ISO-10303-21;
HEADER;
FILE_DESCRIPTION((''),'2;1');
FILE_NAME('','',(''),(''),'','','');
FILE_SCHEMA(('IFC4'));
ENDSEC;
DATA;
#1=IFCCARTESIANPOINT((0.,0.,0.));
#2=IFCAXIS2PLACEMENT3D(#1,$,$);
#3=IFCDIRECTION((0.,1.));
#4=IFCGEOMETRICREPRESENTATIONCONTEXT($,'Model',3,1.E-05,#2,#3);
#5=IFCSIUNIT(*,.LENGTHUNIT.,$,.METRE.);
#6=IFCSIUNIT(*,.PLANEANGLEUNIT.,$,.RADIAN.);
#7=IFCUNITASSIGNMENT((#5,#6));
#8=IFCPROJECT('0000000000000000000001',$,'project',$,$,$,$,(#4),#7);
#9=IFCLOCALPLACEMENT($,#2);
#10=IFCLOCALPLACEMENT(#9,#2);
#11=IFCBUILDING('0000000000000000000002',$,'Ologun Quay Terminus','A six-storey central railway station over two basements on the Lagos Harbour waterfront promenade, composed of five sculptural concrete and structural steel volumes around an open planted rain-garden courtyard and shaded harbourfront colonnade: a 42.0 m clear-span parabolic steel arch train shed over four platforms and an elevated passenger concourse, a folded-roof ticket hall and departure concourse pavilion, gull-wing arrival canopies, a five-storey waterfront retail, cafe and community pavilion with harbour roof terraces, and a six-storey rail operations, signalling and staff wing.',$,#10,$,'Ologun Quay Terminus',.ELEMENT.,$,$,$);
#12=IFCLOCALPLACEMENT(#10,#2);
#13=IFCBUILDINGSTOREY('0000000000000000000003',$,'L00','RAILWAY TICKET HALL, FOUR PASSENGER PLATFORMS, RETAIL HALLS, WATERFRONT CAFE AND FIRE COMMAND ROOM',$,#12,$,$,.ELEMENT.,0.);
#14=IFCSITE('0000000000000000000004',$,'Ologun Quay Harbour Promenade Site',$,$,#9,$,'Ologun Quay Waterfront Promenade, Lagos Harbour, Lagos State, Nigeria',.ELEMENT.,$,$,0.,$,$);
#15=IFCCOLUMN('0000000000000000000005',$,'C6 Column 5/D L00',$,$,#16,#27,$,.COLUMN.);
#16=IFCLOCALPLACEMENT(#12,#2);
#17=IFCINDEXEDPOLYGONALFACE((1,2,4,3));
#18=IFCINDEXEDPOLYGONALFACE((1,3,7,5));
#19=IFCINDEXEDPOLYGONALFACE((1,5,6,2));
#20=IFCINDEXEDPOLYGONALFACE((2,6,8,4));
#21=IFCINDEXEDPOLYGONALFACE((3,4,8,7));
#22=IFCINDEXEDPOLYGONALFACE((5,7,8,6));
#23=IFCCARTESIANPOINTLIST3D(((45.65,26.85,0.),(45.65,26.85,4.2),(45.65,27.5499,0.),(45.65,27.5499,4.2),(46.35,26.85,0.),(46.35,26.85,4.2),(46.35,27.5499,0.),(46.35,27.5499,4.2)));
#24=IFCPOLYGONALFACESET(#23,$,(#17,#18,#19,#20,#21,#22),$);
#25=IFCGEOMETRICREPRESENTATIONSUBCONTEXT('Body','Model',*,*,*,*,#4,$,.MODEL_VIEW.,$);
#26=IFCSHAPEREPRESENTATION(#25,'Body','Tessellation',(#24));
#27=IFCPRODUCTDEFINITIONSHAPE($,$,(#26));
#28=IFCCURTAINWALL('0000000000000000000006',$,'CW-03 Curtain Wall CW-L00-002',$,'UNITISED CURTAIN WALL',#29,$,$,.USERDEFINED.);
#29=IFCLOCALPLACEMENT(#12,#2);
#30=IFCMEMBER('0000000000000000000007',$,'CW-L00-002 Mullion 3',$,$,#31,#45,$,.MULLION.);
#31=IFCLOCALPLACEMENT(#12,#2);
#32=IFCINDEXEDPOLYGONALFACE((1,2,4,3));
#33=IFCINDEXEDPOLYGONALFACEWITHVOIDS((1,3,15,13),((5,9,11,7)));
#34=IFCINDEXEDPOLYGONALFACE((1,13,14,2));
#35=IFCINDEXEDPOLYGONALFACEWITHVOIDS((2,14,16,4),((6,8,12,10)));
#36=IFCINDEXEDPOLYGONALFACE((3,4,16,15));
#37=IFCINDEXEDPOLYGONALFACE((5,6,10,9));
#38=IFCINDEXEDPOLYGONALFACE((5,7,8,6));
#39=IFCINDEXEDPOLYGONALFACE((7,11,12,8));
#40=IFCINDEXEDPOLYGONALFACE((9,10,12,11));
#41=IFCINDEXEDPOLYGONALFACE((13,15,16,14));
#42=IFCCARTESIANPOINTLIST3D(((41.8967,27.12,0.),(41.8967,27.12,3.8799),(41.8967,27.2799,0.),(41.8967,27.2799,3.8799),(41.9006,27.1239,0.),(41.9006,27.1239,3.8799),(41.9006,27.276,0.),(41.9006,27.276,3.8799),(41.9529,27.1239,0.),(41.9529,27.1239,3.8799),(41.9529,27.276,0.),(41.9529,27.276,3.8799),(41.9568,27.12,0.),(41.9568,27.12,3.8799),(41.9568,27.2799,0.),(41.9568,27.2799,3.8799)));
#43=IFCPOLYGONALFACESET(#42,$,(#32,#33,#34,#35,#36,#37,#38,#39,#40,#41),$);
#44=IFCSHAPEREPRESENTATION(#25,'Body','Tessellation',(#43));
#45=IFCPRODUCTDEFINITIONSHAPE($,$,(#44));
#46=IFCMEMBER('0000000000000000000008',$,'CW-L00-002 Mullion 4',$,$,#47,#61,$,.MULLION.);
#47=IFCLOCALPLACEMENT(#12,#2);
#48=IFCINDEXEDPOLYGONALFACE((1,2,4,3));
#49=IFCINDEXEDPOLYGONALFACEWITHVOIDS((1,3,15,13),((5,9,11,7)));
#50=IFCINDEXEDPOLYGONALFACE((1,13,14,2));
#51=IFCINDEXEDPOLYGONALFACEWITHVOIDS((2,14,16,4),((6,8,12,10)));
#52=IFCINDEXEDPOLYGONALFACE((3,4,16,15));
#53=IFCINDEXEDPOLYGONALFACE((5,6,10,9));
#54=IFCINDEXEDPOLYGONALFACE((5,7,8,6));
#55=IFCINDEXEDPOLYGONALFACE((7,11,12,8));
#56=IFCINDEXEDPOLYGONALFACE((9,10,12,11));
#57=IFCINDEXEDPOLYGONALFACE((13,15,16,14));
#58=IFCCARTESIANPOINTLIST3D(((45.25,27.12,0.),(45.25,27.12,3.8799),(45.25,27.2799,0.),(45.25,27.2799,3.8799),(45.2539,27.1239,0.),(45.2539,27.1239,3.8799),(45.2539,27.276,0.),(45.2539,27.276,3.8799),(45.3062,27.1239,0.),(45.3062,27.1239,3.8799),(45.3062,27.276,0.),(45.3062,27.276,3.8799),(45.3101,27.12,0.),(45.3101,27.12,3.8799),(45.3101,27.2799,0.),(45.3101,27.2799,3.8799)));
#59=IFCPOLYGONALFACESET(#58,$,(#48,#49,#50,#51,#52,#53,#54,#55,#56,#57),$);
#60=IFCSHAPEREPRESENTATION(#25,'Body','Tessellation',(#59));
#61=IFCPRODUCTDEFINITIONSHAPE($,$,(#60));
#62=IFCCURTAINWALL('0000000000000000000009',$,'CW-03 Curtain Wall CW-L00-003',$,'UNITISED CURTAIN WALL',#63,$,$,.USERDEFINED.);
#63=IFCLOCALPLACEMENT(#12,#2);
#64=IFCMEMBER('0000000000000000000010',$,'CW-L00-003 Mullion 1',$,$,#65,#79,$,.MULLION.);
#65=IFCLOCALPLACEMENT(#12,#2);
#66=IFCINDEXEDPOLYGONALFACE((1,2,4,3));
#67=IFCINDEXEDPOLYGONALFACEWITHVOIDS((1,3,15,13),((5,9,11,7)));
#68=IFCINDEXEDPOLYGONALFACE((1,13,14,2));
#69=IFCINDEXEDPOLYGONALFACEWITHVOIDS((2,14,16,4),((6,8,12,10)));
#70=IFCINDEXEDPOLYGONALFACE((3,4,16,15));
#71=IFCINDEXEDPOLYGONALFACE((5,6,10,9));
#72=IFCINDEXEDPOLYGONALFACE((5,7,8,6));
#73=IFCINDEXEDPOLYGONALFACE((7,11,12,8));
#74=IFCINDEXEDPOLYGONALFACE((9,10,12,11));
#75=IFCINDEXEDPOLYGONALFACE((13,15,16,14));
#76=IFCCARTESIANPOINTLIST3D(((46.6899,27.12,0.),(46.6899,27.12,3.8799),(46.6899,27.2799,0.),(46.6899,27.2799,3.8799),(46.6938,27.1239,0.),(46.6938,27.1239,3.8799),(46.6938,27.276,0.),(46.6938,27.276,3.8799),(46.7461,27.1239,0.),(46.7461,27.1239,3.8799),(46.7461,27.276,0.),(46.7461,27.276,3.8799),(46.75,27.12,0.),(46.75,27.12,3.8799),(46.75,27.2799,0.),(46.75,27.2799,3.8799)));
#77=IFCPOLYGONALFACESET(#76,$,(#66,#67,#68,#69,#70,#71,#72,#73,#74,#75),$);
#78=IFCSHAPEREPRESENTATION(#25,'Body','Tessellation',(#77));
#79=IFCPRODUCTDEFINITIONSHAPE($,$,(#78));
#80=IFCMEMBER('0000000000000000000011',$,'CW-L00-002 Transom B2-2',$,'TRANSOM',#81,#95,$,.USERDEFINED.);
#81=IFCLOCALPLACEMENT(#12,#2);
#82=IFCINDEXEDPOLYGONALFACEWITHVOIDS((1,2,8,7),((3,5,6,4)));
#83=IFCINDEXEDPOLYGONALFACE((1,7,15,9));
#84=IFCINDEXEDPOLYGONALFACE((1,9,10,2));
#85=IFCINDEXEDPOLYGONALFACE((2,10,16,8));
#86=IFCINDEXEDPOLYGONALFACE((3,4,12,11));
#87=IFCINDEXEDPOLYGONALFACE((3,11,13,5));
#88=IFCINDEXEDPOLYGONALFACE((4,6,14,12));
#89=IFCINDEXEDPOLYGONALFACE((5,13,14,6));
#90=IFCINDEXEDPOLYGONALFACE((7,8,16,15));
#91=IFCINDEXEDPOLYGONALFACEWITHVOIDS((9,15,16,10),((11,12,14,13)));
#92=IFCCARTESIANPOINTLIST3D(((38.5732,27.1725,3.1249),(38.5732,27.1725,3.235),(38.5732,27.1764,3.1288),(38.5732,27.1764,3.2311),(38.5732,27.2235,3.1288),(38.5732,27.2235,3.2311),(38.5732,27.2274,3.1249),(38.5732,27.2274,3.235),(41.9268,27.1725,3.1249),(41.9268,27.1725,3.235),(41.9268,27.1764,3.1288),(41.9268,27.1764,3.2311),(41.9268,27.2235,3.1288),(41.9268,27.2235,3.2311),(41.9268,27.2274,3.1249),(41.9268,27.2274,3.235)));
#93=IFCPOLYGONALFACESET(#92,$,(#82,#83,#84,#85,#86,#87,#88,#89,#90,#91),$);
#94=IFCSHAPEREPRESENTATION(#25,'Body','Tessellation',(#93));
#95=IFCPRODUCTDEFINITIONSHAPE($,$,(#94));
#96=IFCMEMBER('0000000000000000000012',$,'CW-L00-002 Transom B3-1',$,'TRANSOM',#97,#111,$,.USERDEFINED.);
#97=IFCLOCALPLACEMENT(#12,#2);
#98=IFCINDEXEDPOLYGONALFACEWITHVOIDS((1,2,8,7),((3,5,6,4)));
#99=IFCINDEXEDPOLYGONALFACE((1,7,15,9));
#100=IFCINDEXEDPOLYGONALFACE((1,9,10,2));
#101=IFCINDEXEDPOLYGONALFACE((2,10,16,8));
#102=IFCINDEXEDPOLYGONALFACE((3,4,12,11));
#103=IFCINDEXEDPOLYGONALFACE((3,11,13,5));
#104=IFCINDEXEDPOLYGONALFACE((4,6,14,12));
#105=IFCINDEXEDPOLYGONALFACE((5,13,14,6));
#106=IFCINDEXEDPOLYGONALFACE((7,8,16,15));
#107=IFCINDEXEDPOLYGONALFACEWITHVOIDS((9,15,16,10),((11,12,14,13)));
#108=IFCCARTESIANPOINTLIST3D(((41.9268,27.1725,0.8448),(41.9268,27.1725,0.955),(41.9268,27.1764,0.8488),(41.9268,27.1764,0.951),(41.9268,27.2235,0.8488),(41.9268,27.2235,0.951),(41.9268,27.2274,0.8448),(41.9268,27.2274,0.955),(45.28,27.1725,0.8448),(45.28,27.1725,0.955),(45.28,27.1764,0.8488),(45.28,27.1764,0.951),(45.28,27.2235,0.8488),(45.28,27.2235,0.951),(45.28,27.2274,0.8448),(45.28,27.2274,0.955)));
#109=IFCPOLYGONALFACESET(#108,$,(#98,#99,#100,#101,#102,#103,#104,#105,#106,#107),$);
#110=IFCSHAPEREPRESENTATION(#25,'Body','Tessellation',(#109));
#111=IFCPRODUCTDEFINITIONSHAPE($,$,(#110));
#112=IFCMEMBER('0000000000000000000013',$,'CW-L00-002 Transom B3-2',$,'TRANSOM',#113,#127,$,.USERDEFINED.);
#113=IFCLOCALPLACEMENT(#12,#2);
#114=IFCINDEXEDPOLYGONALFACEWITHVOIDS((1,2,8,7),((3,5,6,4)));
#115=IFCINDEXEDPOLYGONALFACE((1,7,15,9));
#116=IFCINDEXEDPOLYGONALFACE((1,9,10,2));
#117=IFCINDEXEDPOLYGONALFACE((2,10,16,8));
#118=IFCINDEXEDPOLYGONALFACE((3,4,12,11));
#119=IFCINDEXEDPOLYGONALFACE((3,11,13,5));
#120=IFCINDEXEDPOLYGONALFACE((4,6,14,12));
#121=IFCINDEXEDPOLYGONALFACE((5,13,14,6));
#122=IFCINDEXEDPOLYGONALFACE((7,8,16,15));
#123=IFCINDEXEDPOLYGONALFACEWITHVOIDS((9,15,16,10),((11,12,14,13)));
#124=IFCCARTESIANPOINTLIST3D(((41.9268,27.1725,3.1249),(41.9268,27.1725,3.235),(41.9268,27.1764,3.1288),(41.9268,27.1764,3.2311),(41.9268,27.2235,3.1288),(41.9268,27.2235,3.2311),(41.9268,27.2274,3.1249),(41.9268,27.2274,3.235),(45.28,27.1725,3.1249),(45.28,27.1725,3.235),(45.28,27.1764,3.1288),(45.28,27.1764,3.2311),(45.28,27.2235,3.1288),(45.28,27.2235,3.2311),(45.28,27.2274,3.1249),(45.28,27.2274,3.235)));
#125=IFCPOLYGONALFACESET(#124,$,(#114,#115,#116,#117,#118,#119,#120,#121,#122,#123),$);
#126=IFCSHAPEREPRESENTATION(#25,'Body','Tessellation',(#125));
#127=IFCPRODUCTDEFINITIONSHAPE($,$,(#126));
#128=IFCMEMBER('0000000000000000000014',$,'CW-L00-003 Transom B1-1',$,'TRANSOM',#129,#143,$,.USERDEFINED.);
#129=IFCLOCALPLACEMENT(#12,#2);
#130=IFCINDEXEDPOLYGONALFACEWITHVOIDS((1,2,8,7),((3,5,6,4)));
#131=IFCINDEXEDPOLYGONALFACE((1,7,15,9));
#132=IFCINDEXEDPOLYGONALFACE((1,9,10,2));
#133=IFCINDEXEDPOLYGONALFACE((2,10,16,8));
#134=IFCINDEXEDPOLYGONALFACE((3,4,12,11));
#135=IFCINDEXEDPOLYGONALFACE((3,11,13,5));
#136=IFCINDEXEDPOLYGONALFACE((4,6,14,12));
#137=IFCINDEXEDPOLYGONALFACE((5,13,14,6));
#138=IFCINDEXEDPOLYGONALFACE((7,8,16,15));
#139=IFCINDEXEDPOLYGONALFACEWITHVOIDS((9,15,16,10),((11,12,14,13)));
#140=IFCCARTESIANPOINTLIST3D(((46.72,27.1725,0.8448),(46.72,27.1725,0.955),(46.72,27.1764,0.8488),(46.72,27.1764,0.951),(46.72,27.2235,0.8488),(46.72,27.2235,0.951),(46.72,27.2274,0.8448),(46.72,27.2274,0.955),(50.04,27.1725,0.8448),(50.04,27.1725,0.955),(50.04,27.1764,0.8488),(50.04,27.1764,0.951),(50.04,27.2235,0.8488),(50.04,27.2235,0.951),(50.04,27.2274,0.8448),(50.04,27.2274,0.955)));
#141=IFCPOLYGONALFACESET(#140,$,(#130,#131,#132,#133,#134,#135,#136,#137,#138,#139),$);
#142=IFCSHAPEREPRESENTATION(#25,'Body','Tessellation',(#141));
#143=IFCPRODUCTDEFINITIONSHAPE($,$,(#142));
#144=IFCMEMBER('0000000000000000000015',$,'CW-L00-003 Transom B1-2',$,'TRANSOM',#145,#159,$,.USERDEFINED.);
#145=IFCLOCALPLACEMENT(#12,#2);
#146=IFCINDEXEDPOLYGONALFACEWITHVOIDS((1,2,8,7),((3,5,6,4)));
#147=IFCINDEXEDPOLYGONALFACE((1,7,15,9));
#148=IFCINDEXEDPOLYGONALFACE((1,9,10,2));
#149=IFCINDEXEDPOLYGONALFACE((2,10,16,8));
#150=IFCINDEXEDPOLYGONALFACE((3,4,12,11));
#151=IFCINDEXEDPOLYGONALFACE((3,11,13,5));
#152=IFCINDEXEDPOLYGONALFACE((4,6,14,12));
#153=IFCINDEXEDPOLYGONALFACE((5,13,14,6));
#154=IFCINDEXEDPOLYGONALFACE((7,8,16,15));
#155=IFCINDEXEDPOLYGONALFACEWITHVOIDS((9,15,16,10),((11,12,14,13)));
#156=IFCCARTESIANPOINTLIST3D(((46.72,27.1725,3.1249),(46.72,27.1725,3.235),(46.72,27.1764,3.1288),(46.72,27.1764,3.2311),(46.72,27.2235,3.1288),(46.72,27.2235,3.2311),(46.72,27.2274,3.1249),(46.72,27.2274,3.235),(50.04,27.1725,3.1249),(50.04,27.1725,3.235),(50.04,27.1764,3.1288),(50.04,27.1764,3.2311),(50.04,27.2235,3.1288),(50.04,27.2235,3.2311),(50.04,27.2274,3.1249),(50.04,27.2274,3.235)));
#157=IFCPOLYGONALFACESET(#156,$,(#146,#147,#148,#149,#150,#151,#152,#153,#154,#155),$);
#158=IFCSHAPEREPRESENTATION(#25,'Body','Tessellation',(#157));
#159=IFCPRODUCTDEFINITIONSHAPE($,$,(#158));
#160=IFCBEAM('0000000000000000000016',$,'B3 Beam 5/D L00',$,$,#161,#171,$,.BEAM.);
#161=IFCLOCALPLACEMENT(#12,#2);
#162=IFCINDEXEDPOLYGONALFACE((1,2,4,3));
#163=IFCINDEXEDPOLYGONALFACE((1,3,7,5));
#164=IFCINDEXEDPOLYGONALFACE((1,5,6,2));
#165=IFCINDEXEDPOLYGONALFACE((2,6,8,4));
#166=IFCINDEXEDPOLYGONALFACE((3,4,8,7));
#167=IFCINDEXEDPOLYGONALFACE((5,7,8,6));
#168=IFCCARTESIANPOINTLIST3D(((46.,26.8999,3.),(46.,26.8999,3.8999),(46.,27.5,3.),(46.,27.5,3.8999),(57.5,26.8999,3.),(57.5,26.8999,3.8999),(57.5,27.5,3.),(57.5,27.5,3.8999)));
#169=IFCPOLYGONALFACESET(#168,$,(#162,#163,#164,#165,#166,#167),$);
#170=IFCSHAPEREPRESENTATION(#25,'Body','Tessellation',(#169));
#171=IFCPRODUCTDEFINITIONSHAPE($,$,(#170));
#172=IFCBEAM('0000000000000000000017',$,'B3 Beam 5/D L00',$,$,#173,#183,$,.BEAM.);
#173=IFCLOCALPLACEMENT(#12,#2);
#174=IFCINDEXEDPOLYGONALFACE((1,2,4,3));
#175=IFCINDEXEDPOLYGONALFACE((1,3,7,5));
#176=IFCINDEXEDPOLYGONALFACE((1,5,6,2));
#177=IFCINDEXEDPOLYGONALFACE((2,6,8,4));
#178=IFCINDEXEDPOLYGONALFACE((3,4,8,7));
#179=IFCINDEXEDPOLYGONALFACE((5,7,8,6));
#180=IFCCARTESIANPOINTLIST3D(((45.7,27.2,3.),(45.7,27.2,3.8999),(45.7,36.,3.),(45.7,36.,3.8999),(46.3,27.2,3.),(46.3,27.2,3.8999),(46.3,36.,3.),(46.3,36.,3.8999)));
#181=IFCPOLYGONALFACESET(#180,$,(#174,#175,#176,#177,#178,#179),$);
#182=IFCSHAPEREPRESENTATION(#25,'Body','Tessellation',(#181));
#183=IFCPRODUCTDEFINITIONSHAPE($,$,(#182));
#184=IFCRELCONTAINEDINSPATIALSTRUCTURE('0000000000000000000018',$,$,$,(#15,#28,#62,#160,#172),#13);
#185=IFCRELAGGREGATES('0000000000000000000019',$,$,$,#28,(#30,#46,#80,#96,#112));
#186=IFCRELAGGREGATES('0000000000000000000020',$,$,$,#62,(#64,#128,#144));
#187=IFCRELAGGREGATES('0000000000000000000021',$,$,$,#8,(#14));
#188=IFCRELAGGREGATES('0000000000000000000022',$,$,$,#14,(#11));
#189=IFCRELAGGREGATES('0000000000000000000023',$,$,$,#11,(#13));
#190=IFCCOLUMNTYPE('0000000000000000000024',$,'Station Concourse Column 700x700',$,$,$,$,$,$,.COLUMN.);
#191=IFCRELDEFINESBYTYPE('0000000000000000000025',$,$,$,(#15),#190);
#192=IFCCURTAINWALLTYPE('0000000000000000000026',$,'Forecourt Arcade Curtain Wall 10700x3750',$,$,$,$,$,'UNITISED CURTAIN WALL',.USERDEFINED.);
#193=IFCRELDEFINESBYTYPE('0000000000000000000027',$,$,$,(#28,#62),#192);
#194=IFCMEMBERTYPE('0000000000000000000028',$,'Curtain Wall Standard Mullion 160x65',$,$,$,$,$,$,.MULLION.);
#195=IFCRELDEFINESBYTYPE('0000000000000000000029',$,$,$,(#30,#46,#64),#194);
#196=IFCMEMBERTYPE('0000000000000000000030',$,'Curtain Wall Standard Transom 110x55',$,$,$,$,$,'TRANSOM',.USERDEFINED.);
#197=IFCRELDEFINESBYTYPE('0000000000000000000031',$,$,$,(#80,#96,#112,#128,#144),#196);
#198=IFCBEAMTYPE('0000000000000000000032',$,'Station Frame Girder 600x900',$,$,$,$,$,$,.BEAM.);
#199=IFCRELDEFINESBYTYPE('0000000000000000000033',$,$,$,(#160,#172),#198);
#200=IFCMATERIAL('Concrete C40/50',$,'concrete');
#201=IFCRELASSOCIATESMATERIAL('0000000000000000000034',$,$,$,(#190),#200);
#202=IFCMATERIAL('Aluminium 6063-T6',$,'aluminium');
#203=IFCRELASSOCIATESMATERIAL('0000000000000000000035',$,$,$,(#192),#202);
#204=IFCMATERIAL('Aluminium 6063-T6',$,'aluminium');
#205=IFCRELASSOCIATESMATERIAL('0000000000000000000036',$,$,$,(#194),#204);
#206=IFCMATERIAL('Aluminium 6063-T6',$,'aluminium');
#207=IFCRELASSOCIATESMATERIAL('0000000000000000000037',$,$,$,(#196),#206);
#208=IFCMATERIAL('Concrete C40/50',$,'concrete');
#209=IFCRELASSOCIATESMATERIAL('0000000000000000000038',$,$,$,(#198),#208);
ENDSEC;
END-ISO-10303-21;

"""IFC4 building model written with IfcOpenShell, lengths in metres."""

from ifc_helpers import new_model, si_unit, direction, frame, origin, origin_2d, place, context, subcontext, project, spatial, rectangle, hollow_rectangle, extrude, material, material_profile, profile_set, type_object, element, aggregate, save


model = new_model("IFC4")

# Units and contexts
model_context = context("Model", 3, precision=1e-05, world=origin(), true_north=direction((0.0, 1.0)))
body_context = subcontext(model_context, "Body", "Model", "MODEL_VIEW")
ifc_project = project(units=[si_unit("LENGTHUNIT", "METRE"), si_unit("PLANEANGLEUNIT", "RADIAN")], contexts=[model_context])

# Site, building, storey
site_placement = place(None, origin())
site = spatial("IfcSite", under=ifc_project, at=site_placement, Name="Ologun Quay Harbour Promenade Site", LongName="Ologun Quay Waterfront Promenade, Lagos Harbour, Lagos State, Nigeria", CompositionType="ELEMENT", RefElevation=0.0)
building_placement = place(site_placement, origin())
building = spatial("IfcBuilding", under=site, at=building_placement, Name="Ologun Quay Terminus", Description="A six-storey central railway station over two basements on the Lagos Harbour waterfront promenade, composed of five sculptural concrete and structural steel volumes around an open planted rain-garden courtyard and shaded harbourfront colonnade: a 42.0 m clear-span parabolic steel arch train shed over four platforms and an elevated passenger concourse, a folded-roof ticket hall and departure concourse pavilion, gull-wing arrival canopies, a five-storey waterfront retail, cafe and community pavilion with harbour roof terraces, and a six-storey rail operations, signalling and staff wing.", LongName="Ologun Quay Terminus", CompositionType="ELEMENT")
storey_placement = place(building_placement, origin())
storey = spatial("IfcBuildingStorey", under=building, at=storey_placement, Name="L00", Description="RAILWAY TICKET HALL, FOUR PASSENGER PLATFORMS, RETAIL HALLS, WATERFRONT CAFE AND FIRE COMMAND ROOM", CompositionType="ELEMENT", Elevation=0.0)

# Column
ifc_material_1 = material(Name="Concrete C40/50", Category="concrete")
ifc_material_profile_1 = material_profile(ifc_material_1, rectangle(XDim=0.7, YDim=0.7, at=origin_2d()), Name="RC 700x700")
ifc_profile_set_1 = profile_set([ifc_material_profile_1], Name="Concrete C40/50")
column_type = type_object("IfcColumnType", Name="Station Concourse Column 700x700", PredefinedType="COLUMN", material=ifc_profile_set_1)
column_placement = place(storey_placement, frame((46.0, 27.2, 0.0), z_axis=(0.0, 0.0, 1.0), x_axis=(1.0, 0.0, 0.0)))
element("IfcColumn", 1, at=column_placement, inside=storey, type_object=column_type, Name="C6 Column 5/D L00", PredefinedType="COLUMN", context=body_context, shape_type="SweptSolid", body=[
    extrude(rectangle(XDim=0.7, YDim=0.7, at=origin_2d()), origin(), (0.0, 0.0, 1.0), 4.2),
])

# Curtain wall, members
ifc_material_2 = material(Name="Aluminium 6063-T6", Category="aluminium")
curtain_wall_type = type_object("IfcCurtainWallType", Name="Forecourt Arcade Curtain Wall 10700x3750", ElementType="UNITISED CURTAIN WALL", PredefinedType="USERDEFINED", material=ifc_material_2)
curtain_wall_1_placement = place(storey_placement, origin())
curtain_wall_1 = element("IfcCurtainWall", 2, at=curtain_wall_1_placement, inside=storey, type_object=curtain_wall_type, Name="CW-03 Curtain Wall CW-L00-002", ObjectType="UNITISED CURTAIN WALL", PredefinedType="USERDEFINED")
ifc_material_3 = material(Name="Aluminium 6063-T6", Category="aluminium")
ifc_material_profile_2 = material_profile(ifc_material_3, hollow_rectangle(XDim=0.0601, YDim=0.1599, WallThickness=0.0039, at=origin_2d()), Name="ALU 160x60x4")
ifc_profile_set_2 = profile_set([ifc_material_profile_2], Name="Aluminium 6063-T6")
member_type_1 = type_object("IfcMemberType", Name="Curtain Wall Standard Mullion 160x65", PredefinedType="MULLION", material=ifc_profile_set_2)
member_1_placement = place(storey_placement, frame((41.9268, 27.2, 0.0), z_axis=(0.0, 0.0, 1.0), x_axis=(1.0, 0.0, 0.0)))
member_1 = element("IfcMember", 3, at=member_1_placement, type_object=member_type_1, Name="CW-L00-002 Mullion 3", PredefinedType="MULLION", context=body_context, shape_type="SweptSolid", body=[
    extrude(hollow_rectangle(XDim=0.0601, YDim=0.1599, WallThickness=0.0039, at=origin_2d()), origin(), (0.0, 0.0, 1.0), 3.8799),
])
member_2_placement = place(storey_placement, frame((45.28, 27.2, 0.0), z_axis=(0.0, 0.0, 1.0), x_axis=(1.0, 0.0, 0.0)))
member_2 = element("IfcMember", 4, at=member_2_placement, type_object=member_type_1, Name="CW-L00-002 Mullion 4", PredefinedType="MULLION", context=body_context, shape_type="SweptSolid", body=[
    extrude(hollow_rectangle(XDim=0.0601, YDim=0.1599, WallThickness=0.0039, at=origin_2d()), origin(), (0.0, 0.0, 1.0), 3.8799),
])

# Curtain wall, member
curtain_wall_2_placement = place(storey_placement, origin())
curtain_wall_2 = element("IfcCurtainWall", 5, at=curtain_wall_2_placement, inside=storey, type_object=curtain_wall_type, Name="CW-03 Curtain Wall CW-L00-003", ObjectType="UNITISED CURTAIN WALL", PredefinedType="USERDEFINED")
member_3_placement = place(storey_placement, frame((46.72, 27.2, 0.0), z_axis=(0.0, 0.0, 1.0), x_axis=(1.0, 0.0, 0.0)))
member_3 = element("IfcMember", 6, at=member_3_placement, type_object=member_type_1, Name="CW-L00-003 Mullion 1", PredefinedType="MULLION", context=body_context, shape_type="SweptSolid", body=[
    extrude(hollow_rectangle(XDim=0.0601, YDim=0.1599, WallThickness=0.0039, at=origin_2d()), origin(), (0.0, 0.0, 1.0), 3.8799),
])

# Members
ifc_material_4 = material(Name="Aluminium 6063-T6", Category="aluminium")
ifc_material_profile_3 = material_profile(ifc_material_4, hollow_rectangle(XDim=0.0549, YDim=0.1101, WallThickness=0.0039, at=origin_2d()), Name="ALU 110x55x4")
ifc_profile_set_3 = profile_set([ifc_material_profile_3], Name="Aluminium 6063-T6")
member_type_2 = type_object("IfcMemberType", Name="Curtain Wall Standard Transom 110x55", ElementType="TRANSOM", PredefinedType="USERDEFINED", material=ifc_profile_set_3)
member_4_placement = place(storey_placement, frame((38.5732, 27.2, 3.1799), z_axis=(1.0, 0.0, 0.0), x_axis=(0.0, 1.0, 0.0)))
member_4 = element("IfcMember", 7, at=member_4_placement, type_object=member_type_2, Name="CW-L00-002 Transom B2-2", ObjectType="TRANSOM", PredefinedType="USERDEFINED", context=body_context, shape_type="SweptSolid", body=[
    extrude(hollow_rectangle(XDim=0.0549, YDim=0.1101, WallThickness=0.0039, at=origin_2d()), origin(), (0.0, 0.0, 1.0), 3.3535),
])
member_5_placement = place(storey_placement, frame((41.9268, 27.2, 0.8999), z_axis=(1.0, 0.0, 0.0), x_axis=(0.0, 1.0, 0.0)))
member_5 = element("IfcMember", 8, at=member_5_placement, type_object=member_type_2, Name="CW-L00-002 Transom B3-1", ObjectType="TRANSOM", PredefinedType="USERDEFINED", context=body_context, shape_type="SweptSolid", body=[
    extrude(hollow_rectangle(XDim=0.0549, YDim=0.1101, WallThickness=0.0039, at=origin_2d()), origin(), (0.0, 0.0, 1.0), 3.3533),
])
member_6_placement = place(storey_placement, frame((41.9268, 27.2, 3.1799), z_axis=(1.0, 0.0, 0.0), x_axis=(0.0, 1.0, 0.0)))
member_6 = element("IfcMember", 9, at=member_6_placement, type_object=member_type_2, Name="CW-L00-002 Transom B3-2", ObjectType="TRANSOM", PredefinedType="USERDEFINED", context=body_context, shape_type="SweptSolid", body=[
    extrude(hollow_rectangle(XDim=0.0549, YDim=0.1101, WallThickness=0.0039, at=origin_2d()), origin(), (0.0, 0.0, 1.0), 3.3533),
])
member_7_placement = place(storey_placement, frame((46.72, 27.2, 0.8999), z_axis=(1.0, 0.0, 0.0), x_axis=(0.0, 1.0, 0.0)))
member_7 = element("IfcMember", 10, at=member_7_placement, type_object=member_type_2, Name="CW-L00-003 Transom B1-1", ObjectType="TRANSOM", PredefinedType="USERDEFINED", context=body_context, shape_type="SweptSolid", body=[
    extrude(hollow_rectangle(XDim=0.0549, YDim=0.1101, WallThickness=0.0039, at=origin_2d()), origin(), (0.0, 0.0, 1.0), 3.3201),
])
member_8_placement = place(storey_placement, frame((46.72, 27.2, 3.1799), z_axis=(1.0, 0.0, 0.0), x_axis=(0.0, 1.0, 0.0)))
member_8 = element("IfcMember", 11, at=member_8_placement, type_object=member_type_2, Name="CW-L00-003 Transom B1-2", ObjectType="TRANSOM", PredefinedType="USERDEFINED", context=body_context, shape_type="SweptSolid", body=[
    extrude(hollow_rectangle(XDim=0.0549, YDim=0.1101, WallThickness=0.0039, at=origin_2d()), origin(), (0.0, 0.0, 1.0), 3.3201),
])

# Beams
ifc_material_5 = material(Name="Concrete C40/50", Category="concrete")
ifc_material_profile_4 = material_profile(ifc_material_5, rectangle(XDim=0.6001, YDim=0.8999, at=origin_2d()), Name="RC 600x900")
ifc_profile_set_4 = profile_set([ifc_material_profile_4], Name="Concrete C40/50")
beam_type = type_object("IfcBeamType", Name="Station Frame Girder 600x900", PredefinedType="BEAM", material=ifc_profile_set_4)
beam_1_placement = place(storey_placement, frame((46.0, 27.2, 3.45), z_axis=(1.0, 0.0, 0.0), x_axis=(0.0, 1.0, 0.0)))
element("IfcBeam", 12, at=beam_1_placement, inside=storey, type_object=beam_type, Name="B3 Beam 5/D L00", PredefinedType="BEAM", context=body_context, shape_type="SweptSolid", body=[
    extrude(rectangle(XDim=0.6001, YDim=0.8999, at=origin_2d()), origin(), (0.0, 0.0, 1.0), 11.5),
])
beam_2_placement = place(storey_placement, frame((46.0, 27.2, 3.45), z_axis=(0.0, 1.0, 0.0), x_axis=(-1.0, 0.0, 0.0)))
element("IfcBeam", 13, at=beam_2_placement, inside=storey, type_object=beam_type, Name="B3 Beam 5/D L00", PredefinedType="BEAM", context=body_context, shape_type="SweptSolid", body=[
    extrude(rectangle(XDim=0.6001, YDim=0.8999, at=origin_2d()), origin(), (0.0, 0.0, 1.0), 8.8),
])

aggregate(curtain_wall_1, [member_1, member_2, member_4, member_5, member_6])
aggregate(curtain_wall_2, [member_3, member_7, member_8])

save(model, "model.ifc")
